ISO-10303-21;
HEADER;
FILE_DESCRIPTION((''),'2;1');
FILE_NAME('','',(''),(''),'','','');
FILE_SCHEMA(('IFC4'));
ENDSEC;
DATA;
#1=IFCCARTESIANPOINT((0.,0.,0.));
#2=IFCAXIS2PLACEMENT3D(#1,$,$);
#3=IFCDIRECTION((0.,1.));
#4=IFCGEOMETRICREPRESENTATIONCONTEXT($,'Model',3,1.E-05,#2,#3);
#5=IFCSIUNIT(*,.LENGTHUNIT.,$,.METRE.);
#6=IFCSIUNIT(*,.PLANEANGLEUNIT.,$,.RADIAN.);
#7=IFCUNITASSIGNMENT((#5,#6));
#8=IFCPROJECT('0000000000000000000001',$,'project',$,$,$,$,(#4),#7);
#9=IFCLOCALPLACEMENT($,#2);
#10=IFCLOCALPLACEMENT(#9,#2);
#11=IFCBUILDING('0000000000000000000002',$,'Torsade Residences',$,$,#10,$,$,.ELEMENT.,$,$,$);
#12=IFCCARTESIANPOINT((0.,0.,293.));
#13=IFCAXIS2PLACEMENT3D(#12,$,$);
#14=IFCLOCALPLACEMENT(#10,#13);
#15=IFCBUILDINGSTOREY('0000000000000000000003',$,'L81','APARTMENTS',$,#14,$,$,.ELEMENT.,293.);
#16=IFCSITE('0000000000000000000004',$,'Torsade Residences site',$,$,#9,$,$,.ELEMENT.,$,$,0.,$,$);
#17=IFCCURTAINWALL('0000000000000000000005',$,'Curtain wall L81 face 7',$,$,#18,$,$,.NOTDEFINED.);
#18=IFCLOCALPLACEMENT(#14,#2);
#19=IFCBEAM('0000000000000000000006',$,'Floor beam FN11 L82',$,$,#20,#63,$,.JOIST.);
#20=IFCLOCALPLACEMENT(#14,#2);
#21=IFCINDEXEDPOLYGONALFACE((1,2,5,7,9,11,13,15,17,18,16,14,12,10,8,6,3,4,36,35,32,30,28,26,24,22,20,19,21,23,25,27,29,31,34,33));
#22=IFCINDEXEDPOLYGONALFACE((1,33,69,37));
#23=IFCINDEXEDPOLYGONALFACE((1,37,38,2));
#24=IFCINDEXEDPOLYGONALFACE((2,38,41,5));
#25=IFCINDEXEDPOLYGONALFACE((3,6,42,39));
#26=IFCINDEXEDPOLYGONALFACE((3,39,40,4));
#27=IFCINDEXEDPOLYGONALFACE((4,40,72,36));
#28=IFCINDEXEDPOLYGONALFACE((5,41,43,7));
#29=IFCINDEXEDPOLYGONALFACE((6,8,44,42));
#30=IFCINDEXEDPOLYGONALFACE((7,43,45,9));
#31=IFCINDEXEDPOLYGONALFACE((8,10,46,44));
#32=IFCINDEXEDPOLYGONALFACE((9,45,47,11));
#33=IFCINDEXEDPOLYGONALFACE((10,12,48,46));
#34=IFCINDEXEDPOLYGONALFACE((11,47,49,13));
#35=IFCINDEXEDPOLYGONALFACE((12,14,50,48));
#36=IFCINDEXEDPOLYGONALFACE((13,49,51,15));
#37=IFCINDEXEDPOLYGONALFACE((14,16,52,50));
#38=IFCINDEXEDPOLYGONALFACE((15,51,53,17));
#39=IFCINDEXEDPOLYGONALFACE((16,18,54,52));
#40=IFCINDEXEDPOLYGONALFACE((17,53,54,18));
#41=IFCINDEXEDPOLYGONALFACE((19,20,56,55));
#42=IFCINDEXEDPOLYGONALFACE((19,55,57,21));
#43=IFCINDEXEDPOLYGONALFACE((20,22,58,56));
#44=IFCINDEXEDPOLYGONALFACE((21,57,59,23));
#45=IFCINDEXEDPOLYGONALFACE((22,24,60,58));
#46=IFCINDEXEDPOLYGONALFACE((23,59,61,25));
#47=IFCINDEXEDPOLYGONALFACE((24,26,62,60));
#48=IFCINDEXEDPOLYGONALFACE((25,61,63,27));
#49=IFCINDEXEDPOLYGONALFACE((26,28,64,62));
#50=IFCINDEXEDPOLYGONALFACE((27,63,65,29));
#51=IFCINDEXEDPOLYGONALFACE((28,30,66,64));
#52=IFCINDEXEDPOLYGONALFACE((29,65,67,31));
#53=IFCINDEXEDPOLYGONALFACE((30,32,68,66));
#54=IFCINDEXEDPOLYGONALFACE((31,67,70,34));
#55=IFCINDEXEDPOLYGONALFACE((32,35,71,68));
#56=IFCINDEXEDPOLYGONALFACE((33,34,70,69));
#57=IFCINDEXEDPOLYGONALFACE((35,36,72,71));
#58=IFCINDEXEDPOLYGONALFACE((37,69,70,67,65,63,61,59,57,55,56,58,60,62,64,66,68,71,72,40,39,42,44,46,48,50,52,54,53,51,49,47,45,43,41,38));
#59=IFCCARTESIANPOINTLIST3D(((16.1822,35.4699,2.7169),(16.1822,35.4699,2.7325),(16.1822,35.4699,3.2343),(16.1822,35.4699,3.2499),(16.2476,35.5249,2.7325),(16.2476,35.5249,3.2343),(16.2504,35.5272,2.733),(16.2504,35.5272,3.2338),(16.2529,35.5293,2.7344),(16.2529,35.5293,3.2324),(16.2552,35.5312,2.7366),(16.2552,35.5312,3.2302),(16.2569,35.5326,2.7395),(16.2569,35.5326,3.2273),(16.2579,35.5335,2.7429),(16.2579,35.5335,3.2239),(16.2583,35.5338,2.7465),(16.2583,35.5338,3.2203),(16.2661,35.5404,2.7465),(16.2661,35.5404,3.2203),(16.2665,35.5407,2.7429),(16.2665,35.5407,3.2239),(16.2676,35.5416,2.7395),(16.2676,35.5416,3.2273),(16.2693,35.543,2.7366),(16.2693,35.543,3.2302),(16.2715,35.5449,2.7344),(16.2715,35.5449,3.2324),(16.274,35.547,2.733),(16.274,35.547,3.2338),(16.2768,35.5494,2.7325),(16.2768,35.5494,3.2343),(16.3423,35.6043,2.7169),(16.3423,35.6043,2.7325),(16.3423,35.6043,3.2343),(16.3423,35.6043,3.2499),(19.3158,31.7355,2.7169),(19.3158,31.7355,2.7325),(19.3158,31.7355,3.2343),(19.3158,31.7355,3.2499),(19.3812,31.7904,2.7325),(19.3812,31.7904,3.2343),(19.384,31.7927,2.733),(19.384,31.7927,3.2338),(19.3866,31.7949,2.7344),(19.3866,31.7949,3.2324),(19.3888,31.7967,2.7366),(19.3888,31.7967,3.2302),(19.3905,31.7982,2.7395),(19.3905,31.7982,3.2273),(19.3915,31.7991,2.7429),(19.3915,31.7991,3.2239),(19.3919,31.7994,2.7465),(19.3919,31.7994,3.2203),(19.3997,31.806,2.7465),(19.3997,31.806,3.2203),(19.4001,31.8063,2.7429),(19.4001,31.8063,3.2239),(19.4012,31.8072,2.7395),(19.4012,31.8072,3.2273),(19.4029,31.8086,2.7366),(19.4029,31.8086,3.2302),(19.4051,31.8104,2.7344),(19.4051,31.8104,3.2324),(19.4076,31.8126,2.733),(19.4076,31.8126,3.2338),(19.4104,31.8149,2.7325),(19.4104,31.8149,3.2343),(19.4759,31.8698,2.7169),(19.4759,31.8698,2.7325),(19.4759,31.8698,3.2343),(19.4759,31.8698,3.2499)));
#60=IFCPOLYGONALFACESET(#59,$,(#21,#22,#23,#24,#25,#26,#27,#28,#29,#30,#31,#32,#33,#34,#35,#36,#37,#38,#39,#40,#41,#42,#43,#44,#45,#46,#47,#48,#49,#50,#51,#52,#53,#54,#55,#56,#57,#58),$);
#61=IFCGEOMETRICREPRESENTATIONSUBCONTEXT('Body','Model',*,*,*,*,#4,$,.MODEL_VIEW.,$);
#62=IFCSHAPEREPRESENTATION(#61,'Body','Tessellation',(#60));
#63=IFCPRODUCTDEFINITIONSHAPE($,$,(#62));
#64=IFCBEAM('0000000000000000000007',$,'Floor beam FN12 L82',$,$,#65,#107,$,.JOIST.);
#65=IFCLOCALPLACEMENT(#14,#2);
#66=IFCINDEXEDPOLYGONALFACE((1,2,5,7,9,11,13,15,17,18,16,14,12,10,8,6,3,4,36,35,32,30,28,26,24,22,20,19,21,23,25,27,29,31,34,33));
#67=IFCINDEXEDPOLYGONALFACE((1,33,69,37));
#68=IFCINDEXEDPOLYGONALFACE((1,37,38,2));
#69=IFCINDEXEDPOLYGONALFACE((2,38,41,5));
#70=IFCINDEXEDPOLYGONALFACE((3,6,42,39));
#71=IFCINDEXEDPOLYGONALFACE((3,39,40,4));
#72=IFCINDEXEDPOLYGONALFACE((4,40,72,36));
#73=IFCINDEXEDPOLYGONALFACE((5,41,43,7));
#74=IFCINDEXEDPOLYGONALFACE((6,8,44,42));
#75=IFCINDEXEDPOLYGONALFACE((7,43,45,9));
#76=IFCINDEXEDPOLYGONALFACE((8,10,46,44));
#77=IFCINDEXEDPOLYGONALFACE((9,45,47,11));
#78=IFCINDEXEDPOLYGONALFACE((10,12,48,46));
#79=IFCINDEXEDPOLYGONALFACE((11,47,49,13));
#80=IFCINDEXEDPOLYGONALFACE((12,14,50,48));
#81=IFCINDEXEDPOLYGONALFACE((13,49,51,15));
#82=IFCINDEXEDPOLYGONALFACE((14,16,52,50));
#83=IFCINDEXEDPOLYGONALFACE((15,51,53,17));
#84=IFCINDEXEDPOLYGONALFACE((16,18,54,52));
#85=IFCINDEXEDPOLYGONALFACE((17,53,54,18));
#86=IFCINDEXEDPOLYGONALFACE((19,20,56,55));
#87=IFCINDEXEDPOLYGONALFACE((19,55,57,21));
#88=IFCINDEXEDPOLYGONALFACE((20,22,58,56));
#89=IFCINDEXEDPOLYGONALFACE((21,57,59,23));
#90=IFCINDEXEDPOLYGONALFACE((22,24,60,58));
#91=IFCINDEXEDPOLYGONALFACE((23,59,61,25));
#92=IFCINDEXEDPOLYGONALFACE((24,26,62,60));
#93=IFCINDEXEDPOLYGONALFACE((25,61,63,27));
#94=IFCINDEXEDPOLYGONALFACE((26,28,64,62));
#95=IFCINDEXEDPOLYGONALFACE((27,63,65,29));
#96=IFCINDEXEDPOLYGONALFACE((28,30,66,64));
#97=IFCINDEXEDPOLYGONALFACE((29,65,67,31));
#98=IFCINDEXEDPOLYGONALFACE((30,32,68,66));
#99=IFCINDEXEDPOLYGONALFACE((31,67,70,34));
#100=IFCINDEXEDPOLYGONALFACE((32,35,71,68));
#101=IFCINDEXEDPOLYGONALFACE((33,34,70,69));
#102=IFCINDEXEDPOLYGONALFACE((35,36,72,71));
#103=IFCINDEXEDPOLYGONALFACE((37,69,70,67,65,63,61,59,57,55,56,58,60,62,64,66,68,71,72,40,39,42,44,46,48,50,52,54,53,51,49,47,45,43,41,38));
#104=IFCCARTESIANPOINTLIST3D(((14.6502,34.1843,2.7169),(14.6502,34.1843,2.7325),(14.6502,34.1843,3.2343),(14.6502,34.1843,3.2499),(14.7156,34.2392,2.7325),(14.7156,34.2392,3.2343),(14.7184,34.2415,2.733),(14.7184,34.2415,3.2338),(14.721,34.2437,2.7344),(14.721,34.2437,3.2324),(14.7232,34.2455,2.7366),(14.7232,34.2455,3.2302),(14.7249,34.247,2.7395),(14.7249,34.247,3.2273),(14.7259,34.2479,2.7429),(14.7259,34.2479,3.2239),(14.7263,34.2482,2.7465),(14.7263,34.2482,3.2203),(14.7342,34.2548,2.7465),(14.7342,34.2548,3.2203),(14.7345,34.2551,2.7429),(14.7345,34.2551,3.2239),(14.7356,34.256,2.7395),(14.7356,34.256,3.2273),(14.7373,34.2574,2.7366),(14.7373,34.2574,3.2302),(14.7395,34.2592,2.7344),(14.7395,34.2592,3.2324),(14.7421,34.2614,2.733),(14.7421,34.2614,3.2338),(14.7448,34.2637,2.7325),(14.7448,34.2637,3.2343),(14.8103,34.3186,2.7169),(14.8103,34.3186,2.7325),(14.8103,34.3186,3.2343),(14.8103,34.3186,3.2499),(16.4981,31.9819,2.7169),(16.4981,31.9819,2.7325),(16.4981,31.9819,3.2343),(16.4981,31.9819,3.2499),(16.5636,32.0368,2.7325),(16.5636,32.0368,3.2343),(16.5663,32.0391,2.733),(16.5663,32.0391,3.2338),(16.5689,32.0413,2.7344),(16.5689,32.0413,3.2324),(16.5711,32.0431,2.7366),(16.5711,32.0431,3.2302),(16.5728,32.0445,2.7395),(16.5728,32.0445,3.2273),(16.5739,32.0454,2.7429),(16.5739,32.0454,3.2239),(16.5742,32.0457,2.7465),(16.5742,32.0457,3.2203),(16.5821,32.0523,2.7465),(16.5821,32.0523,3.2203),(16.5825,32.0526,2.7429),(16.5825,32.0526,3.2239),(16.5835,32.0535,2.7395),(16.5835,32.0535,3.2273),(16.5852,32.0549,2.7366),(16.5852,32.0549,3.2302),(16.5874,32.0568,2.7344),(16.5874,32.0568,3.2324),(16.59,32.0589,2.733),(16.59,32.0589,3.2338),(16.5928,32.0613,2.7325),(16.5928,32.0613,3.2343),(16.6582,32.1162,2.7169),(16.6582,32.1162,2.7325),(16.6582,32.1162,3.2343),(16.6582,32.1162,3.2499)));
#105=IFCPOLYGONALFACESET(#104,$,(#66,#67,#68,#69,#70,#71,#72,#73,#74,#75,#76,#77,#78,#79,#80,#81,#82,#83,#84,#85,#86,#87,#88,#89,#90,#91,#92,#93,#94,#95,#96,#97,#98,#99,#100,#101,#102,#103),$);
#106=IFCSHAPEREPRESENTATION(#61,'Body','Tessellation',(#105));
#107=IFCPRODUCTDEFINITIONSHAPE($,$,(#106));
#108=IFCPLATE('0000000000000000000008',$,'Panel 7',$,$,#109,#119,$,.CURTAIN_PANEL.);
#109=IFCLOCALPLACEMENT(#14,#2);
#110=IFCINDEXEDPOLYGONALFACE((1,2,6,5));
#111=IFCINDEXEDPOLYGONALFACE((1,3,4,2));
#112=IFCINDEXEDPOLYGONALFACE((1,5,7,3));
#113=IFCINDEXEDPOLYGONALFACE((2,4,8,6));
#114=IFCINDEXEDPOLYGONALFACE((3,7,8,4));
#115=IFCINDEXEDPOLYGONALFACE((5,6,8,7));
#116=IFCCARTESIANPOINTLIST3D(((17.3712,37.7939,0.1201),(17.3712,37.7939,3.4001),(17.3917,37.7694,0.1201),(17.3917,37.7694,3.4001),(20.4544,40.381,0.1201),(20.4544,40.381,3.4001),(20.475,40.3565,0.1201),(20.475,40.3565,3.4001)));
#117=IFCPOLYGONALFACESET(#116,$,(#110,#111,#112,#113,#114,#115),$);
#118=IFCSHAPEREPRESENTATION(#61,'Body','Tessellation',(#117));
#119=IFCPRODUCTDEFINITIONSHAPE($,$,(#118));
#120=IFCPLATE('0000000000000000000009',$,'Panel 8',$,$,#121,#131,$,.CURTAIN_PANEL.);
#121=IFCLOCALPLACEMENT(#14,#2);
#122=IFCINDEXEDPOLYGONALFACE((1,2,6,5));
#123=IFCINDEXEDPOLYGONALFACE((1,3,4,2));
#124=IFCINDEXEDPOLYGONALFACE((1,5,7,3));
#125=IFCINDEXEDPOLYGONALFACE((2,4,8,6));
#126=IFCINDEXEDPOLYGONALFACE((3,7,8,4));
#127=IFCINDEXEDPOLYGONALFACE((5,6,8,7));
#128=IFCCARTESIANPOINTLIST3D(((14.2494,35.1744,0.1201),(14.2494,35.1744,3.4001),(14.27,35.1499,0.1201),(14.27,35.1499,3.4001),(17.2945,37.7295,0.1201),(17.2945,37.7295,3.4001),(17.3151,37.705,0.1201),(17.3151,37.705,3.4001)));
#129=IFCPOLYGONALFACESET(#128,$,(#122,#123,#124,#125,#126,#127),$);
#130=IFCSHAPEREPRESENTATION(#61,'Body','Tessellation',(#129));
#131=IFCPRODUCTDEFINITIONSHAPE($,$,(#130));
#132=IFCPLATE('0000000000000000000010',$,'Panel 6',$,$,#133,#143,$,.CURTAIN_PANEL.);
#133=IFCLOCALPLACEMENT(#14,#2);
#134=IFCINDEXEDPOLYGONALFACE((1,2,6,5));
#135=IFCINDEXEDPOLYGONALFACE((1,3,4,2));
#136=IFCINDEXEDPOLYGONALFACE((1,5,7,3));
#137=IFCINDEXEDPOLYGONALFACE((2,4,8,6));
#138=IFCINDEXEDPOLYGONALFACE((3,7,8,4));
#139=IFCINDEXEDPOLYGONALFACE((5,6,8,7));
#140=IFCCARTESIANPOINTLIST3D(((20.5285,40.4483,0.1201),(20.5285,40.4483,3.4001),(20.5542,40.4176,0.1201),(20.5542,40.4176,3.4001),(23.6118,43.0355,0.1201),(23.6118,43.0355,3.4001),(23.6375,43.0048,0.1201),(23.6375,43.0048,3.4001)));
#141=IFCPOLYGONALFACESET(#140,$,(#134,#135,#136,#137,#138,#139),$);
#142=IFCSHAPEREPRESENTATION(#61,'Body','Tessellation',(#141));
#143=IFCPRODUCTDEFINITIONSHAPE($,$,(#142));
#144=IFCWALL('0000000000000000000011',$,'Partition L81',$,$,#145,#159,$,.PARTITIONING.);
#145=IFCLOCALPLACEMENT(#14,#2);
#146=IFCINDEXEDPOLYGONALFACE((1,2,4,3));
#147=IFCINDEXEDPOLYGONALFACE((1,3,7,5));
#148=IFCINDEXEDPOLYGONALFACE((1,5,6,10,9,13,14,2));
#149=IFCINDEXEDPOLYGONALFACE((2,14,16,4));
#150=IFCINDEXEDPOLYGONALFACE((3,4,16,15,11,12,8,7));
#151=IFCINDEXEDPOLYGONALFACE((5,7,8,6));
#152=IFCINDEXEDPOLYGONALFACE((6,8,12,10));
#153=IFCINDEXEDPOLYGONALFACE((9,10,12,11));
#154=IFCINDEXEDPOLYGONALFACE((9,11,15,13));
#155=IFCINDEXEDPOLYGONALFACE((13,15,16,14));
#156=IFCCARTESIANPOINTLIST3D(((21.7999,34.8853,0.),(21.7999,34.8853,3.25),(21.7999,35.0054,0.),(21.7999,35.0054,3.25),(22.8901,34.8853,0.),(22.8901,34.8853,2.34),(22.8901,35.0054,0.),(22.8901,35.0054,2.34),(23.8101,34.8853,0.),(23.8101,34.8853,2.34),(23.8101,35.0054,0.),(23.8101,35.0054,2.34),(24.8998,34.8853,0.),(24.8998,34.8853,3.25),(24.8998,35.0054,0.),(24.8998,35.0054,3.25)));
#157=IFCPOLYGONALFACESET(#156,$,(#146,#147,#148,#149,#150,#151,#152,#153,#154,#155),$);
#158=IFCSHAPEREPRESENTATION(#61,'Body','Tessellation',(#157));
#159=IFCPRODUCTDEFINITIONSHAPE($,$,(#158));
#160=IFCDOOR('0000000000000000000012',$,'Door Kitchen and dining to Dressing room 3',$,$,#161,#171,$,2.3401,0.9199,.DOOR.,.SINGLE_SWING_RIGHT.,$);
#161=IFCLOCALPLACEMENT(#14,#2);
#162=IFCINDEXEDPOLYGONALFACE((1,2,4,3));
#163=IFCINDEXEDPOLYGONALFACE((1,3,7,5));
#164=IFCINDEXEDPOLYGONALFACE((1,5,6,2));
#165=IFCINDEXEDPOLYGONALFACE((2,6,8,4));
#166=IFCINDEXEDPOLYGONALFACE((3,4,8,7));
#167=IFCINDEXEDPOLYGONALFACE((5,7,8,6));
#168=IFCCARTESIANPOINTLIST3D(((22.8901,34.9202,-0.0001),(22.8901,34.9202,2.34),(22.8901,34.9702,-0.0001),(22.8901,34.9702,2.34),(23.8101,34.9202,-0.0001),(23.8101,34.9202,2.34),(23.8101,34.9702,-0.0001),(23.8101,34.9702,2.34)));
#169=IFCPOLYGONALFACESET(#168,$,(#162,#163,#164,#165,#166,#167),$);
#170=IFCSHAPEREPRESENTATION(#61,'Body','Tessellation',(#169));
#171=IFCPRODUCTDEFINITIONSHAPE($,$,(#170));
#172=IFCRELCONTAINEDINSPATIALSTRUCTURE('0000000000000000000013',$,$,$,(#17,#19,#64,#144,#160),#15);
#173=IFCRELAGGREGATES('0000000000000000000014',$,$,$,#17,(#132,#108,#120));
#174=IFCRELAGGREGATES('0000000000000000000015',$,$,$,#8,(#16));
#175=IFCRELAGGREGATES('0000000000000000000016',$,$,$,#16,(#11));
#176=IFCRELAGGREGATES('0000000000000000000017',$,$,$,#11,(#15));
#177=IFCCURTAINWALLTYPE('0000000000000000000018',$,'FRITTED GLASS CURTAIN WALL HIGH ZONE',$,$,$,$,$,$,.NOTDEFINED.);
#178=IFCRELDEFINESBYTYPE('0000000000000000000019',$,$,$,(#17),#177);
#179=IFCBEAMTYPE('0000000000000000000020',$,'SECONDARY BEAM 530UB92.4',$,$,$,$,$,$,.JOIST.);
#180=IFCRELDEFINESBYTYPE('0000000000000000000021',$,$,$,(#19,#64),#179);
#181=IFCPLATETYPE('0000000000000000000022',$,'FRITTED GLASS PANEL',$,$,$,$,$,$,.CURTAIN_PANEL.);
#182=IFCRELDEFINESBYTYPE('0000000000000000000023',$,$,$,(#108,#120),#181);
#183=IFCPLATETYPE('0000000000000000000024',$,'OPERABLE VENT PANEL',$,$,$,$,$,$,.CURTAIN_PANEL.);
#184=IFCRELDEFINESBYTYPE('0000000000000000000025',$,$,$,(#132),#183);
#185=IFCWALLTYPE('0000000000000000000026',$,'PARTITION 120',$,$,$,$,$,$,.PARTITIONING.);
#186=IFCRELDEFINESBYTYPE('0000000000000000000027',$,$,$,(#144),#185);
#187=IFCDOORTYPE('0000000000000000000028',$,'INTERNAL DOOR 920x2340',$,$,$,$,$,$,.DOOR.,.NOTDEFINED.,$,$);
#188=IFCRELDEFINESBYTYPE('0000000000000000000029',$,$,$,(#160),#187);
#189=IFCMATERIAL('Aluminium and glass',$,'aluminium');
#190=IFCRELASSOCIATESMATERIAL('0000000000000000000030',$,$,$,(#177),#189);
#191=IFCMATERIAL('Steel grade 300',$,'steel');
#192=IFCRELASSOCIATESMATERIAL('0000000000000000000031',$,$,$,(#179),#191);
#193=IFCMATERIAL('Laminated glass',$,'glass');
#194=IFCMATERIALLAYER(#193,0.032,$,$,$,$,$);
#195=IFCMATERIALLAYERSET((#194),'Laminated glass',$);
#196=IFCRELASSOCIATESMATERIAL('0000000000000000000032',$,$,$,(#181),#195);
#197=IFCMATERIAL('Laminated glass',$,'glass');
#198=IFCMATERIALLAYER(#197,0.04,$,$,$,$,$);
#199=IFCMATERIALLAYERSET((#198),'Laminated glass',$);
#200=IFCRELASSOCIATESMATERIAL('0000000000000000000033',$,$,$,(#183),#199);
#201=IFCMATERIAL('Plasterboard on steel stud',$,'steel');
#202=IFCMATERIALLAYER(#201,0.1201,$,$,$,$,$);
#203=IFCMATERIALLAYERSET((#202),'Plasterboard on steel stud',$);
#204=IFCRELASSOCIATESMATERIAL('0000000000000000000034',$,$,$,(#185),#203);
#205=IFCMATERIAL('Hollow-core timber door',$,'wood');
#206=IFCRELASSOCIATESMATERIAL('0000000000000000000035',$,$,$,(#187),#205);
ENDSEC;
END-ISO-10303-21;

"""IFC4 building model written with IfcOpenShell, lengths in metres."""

from ifc_helpers import new_model, si_unit, direction, frame, frame_2d, origin, origin_2d, place, context, subcontext, project, spatial, rectangle, i_section, extrude, material, layer, layer_set, material_profile, profile_set, type_object, element, fill, aggregate, save


model = new_model("IFC4")

# Units and contexts
model_context = context("Model", 3, precision=1e-05, world=origin(), true_north=direction((0.0, 1.0)))
body_context = subcontext(model_context, "Body", "Model", "MODEL_VIEW")
ifc_project = project(units=[si_unit("LENGTHUNIT", "METRE"), si_unit("PLANEANGLEUNIT", "RADIAN")], contexts=[model_context])

# Site, building, storey
site_placement = place(None, origin())
site = spatial("IfcSite", under=ifc_project, at=site_placement, Name="Torsade Residences site", CompositionType="ELEMENT", RefElevation=0.0)
building_placement = place(site_placement, origin())
building = spatial("IfcBuilding", under=site, at=building_placement, Name="Torsade Residences", CompositionType="ELEMENT")
storey_placement = place(building_placement, frame((0.0, 0.0, 293.0)))
storey = spatial("IfcBuildingStorey", under=building, at=storey_placement, Name="L81", Description="APARTMENTS", CompositionType="ELEMENT", Elevation=293.0)

# Curtain wall
ifc_material_1 = material(Name="Aluminium and glass", Category="aluminium")
curtain_wall_type = type_object("IfcCurtainWallType", Name="FRITTED GLASS CURTAIN WALL HIGH ZONE", PredefinedType="NOTDEFINED", material=ifc_material_1)
curtain_wall_placement = place(storey_placement, origin())
curtain_wall = element("IfcCurtainWall", 1, at=curtain_wall_placement, inside=storey, type_object=curtain_wall_type, Name="Curtain wall L81 face 7", PredefinedType="NOTDEFINED")

# Beams
ifc_material_2 = material(Name="Steel grade 300", Category="steel")
ifc_material_profile_1 = material_profile(ifc_material_2, i_section(OverallWidth=0.209, OverallDepth=0.533, WebThickness=0.0103, FlangeThickness=0.0156, FilletRadius=0.0139, at=origin_2d()), Name="530UB92.4")
ifc_profile_set_1 = profile_set([ifc_material_profile_1], Name="Steel grade 300")
beam_type_1 = type_object("IfcBeamType", Name="SECONDARY BEAM 530UB92.4", PredefinedType="JOIST", material=ifc_profile_set_1)
beam_1_placement = place(storey_placement, frame((16.2622, 35.5371, 2.9834), z_axis=(0.642791, -0.766041, 0.0), x_axis=(0.766041, 0.642791, 0.0)))
element("IfcBeam", 2, at=beam_1_placement, inside=storey, type_object=beam_type_1, Name="Floor beam FN11 L82", PredefinedType="JOIST", context=body_context, shape_type="SweptSolid", body=[
    extrude(i_section(OverallWidth=0.209, OverallDepth=0.533, WebThickness=0.0103, FlangeThickness=0.0156, FilletRadius=0.0139, at=origin_2d()), origin(), (0.0, 0.0, 1.0), 4.875),
])
beam_2_placement = place(storey_placement, frame((14.7302, 34.2515, 2.9834), z_axis=(0.642762, -0.766066, 0.0), x_axis=(0.766066, 0.642762, 0.0)))
element("IfcBeam", 3, at=beam_2_placement, inside=storey, type_object=beam_type_1, Name="Floor beam FN12 L82", PredefinedType="JOIST", context=body_context, shape_type="SweptSolid", body=[
    extrude(i_section(OverallWidth=0.209, OverallDepth=0.533, WebThickness=0.0103, FlangeThickness=0.0156, FilletRadius=0.0139, at=origin_2d()), origin(), (0.0, 0.0, 1.0), 2.875),
])

# Plates
ifc_material_3 = material(Name="Laminated glass", Category="glass")
ifc_layer_1 = layer(ifc_material_3, 0.032)
ifc_layer_set_1 = layer_set([ifc_layer_1], Name="Laminated glass")
plate_type_1 = type_object("IfcPlateType", Name="FRITTED GLASS PANEL", PredefinedType="CURTAIN_PANEL", material=ifc_layer_set_1)
plate_1_placement = place(storey_placement, frame((18.9231, 39.0752, 0.1201), z_axis=(0.0, 0.0, 1.0), x_axis=(-0.766044, -0.642788, 0.0)))
plate_1 = element("IfcPlate", 4, at=plate_1_placement, type_object=plate_type_1, Name="Panel 7", PredefinedType="CURTAIN_PANEL", context=body_context, shape_type="SweptSolid", body=[
    extrude(rectangle(XDim=4.0249, YDim=0.032, at=origin_2d()), origin(), (0.0, 0.0, 1.0), 3.28),
])
plate_2_placement = place(storey_placement, frame((15.7822, 36.4397, 0.1201), z_axis=(0.0, 0.0, 1.0), x_axis=(-0.766044, -0.642788, 0.0)))
plate_2 = element("IfcPlate", 5, at=plate_2_placement, type_object=plate_type_1, Name="Panel 8", PredefinedType="CURTAIN_PANEL", context=body_context, shape_type="SweptSolid", body=[
    extrude(rectangle(XDim=3.9751, YDim=0.032, at=origin_2d()), origin(), (0.0, 0.0, 1.0), 3.28),
])
ifc_material_4 = material(Name="Laminated glass", Category="glass")
ifc_layer_2 = layer(ifc_material_4, 0.04)
ifc_layer_set_2 = layer_set([ifc_layer_2], Name="Laminated glass")
plate_type_2 = type_object("IfcPlateType", Name="OPERABLE VENT PANEL", PredefinedType="CURTAIN_PANEL", material=ifc_layer_set_2)
plate_3_placement = place(storey_placement, frame((22.083, 41.7266, 0.1201), z_axis=(0.0, 0.0, 1.0), x_axis=(-0.766044, -0.642788, 0.0)))
plate_3 = element("IfcPlate", 6, at=plate_3_placement, type_object=plate_type_2, Name="Panel 6", PredefinedType="CURTAIN_PANEL", context=body_context, shape_type="SweptSolid", body=[
    extrude(rectangle(XDim=4.0249, YDim=0.04, at=origin_2d()), origin(), (0.0, 0.0, 1.0), 3.28),
])
aggregate(curtain_wall, [plate_3, plate_1, plate_2])

# Wall, opening, door
ifc_material_5 = material(Name="Plasterboard on steel stud", Category="steel")
ifc_layer_3 = layer(ifc_material_5, 0.1201)
ifc_layer_set_3 = layer_set([ifc_layer_3], Name="Plasterboard on steel stud")
wall_type_1 = type_object("IfcWallType", Name="PARTITION 120", PredefinedType="PARTITIONING", material=ifc_layer_set_3)
wall_1_placement = place(storey_placement, frame((21.8, 34.9453, 0.0), z_axis=(0.0, 0.0, 1.0), x_axis=(1.0, 0.0, 0.0)))
wall_1 = element("IfcWall", 7, at=wall_1_placement, inside=storey, type_object=wall_type_1, Name="Partition L81", PredefinedType="PARTITIONING", context=body_context, shape_type="SweptSolid", body=[
    extrude(rectangle(XDim=3.0999, YDim=0.1201, at=frame_2d((1.5498, 0.0))), origin(), (0.0, 0.0, 1.0), 3.25),
])
opening_1_placement = place(wall_1_placement, frame((1.0901, 0.0, 0.0)))
opening_1 = element("IfcOpeningElement", 8, at=opening_1_placement, cuts=wall_1, PredefinedType="OPENING", context=body_context, shape_type="SweptSolid", body=[
    extrude(rectangle(XDim=0.9199, YDim=2.3401, at=frame_2d((0.46, 1.1699))), frame((0.0, 0.0701, 0.0), z_axis=(0.0, -1.0, 0.0), x_axis=(1.0, 0.0, 0.0)), (0.0, 0.0, 1.0), 0.1401),
])
ifc_material_6 = material(Name="Hollow-core timber door", Category="wood")
door_type_1 = type_object("IfcDoorType", Name="INTERNAL DOOR 920x2340", OperationType="NOTDEFINED", PredefinedType="DOOR", material=ifc_material_6)
door_1_placement = place(opening_1_placement, origin())
door_1 = element("IfcDoor", 9, at=door_1_placement, inside=storey, type_object=door_type_1, Name="Door Kitchen and dining to Dressing room 3", OperationType="SINGLE_SWING_RIGHT", OverallHeight=2.3401, OverallWidth=0.9199, PredefinedType="DOOR", context=body_context, shape_type="SweptSolid", body=[
    extrude(rectangle(XDim=0.9199, YDim=2.3401, at=frame_2d((0.46, 1.1699))), frame((0.0, 0.0249, 0.0), z_axis=(0.0, -1.0, 0.0), x_axis=(1.0, 0.0, 0.0)), (0.0, 0.0, 1.0), 0.05),
])
fill(opening_1, door_1)

save(model, "model.ifc")
